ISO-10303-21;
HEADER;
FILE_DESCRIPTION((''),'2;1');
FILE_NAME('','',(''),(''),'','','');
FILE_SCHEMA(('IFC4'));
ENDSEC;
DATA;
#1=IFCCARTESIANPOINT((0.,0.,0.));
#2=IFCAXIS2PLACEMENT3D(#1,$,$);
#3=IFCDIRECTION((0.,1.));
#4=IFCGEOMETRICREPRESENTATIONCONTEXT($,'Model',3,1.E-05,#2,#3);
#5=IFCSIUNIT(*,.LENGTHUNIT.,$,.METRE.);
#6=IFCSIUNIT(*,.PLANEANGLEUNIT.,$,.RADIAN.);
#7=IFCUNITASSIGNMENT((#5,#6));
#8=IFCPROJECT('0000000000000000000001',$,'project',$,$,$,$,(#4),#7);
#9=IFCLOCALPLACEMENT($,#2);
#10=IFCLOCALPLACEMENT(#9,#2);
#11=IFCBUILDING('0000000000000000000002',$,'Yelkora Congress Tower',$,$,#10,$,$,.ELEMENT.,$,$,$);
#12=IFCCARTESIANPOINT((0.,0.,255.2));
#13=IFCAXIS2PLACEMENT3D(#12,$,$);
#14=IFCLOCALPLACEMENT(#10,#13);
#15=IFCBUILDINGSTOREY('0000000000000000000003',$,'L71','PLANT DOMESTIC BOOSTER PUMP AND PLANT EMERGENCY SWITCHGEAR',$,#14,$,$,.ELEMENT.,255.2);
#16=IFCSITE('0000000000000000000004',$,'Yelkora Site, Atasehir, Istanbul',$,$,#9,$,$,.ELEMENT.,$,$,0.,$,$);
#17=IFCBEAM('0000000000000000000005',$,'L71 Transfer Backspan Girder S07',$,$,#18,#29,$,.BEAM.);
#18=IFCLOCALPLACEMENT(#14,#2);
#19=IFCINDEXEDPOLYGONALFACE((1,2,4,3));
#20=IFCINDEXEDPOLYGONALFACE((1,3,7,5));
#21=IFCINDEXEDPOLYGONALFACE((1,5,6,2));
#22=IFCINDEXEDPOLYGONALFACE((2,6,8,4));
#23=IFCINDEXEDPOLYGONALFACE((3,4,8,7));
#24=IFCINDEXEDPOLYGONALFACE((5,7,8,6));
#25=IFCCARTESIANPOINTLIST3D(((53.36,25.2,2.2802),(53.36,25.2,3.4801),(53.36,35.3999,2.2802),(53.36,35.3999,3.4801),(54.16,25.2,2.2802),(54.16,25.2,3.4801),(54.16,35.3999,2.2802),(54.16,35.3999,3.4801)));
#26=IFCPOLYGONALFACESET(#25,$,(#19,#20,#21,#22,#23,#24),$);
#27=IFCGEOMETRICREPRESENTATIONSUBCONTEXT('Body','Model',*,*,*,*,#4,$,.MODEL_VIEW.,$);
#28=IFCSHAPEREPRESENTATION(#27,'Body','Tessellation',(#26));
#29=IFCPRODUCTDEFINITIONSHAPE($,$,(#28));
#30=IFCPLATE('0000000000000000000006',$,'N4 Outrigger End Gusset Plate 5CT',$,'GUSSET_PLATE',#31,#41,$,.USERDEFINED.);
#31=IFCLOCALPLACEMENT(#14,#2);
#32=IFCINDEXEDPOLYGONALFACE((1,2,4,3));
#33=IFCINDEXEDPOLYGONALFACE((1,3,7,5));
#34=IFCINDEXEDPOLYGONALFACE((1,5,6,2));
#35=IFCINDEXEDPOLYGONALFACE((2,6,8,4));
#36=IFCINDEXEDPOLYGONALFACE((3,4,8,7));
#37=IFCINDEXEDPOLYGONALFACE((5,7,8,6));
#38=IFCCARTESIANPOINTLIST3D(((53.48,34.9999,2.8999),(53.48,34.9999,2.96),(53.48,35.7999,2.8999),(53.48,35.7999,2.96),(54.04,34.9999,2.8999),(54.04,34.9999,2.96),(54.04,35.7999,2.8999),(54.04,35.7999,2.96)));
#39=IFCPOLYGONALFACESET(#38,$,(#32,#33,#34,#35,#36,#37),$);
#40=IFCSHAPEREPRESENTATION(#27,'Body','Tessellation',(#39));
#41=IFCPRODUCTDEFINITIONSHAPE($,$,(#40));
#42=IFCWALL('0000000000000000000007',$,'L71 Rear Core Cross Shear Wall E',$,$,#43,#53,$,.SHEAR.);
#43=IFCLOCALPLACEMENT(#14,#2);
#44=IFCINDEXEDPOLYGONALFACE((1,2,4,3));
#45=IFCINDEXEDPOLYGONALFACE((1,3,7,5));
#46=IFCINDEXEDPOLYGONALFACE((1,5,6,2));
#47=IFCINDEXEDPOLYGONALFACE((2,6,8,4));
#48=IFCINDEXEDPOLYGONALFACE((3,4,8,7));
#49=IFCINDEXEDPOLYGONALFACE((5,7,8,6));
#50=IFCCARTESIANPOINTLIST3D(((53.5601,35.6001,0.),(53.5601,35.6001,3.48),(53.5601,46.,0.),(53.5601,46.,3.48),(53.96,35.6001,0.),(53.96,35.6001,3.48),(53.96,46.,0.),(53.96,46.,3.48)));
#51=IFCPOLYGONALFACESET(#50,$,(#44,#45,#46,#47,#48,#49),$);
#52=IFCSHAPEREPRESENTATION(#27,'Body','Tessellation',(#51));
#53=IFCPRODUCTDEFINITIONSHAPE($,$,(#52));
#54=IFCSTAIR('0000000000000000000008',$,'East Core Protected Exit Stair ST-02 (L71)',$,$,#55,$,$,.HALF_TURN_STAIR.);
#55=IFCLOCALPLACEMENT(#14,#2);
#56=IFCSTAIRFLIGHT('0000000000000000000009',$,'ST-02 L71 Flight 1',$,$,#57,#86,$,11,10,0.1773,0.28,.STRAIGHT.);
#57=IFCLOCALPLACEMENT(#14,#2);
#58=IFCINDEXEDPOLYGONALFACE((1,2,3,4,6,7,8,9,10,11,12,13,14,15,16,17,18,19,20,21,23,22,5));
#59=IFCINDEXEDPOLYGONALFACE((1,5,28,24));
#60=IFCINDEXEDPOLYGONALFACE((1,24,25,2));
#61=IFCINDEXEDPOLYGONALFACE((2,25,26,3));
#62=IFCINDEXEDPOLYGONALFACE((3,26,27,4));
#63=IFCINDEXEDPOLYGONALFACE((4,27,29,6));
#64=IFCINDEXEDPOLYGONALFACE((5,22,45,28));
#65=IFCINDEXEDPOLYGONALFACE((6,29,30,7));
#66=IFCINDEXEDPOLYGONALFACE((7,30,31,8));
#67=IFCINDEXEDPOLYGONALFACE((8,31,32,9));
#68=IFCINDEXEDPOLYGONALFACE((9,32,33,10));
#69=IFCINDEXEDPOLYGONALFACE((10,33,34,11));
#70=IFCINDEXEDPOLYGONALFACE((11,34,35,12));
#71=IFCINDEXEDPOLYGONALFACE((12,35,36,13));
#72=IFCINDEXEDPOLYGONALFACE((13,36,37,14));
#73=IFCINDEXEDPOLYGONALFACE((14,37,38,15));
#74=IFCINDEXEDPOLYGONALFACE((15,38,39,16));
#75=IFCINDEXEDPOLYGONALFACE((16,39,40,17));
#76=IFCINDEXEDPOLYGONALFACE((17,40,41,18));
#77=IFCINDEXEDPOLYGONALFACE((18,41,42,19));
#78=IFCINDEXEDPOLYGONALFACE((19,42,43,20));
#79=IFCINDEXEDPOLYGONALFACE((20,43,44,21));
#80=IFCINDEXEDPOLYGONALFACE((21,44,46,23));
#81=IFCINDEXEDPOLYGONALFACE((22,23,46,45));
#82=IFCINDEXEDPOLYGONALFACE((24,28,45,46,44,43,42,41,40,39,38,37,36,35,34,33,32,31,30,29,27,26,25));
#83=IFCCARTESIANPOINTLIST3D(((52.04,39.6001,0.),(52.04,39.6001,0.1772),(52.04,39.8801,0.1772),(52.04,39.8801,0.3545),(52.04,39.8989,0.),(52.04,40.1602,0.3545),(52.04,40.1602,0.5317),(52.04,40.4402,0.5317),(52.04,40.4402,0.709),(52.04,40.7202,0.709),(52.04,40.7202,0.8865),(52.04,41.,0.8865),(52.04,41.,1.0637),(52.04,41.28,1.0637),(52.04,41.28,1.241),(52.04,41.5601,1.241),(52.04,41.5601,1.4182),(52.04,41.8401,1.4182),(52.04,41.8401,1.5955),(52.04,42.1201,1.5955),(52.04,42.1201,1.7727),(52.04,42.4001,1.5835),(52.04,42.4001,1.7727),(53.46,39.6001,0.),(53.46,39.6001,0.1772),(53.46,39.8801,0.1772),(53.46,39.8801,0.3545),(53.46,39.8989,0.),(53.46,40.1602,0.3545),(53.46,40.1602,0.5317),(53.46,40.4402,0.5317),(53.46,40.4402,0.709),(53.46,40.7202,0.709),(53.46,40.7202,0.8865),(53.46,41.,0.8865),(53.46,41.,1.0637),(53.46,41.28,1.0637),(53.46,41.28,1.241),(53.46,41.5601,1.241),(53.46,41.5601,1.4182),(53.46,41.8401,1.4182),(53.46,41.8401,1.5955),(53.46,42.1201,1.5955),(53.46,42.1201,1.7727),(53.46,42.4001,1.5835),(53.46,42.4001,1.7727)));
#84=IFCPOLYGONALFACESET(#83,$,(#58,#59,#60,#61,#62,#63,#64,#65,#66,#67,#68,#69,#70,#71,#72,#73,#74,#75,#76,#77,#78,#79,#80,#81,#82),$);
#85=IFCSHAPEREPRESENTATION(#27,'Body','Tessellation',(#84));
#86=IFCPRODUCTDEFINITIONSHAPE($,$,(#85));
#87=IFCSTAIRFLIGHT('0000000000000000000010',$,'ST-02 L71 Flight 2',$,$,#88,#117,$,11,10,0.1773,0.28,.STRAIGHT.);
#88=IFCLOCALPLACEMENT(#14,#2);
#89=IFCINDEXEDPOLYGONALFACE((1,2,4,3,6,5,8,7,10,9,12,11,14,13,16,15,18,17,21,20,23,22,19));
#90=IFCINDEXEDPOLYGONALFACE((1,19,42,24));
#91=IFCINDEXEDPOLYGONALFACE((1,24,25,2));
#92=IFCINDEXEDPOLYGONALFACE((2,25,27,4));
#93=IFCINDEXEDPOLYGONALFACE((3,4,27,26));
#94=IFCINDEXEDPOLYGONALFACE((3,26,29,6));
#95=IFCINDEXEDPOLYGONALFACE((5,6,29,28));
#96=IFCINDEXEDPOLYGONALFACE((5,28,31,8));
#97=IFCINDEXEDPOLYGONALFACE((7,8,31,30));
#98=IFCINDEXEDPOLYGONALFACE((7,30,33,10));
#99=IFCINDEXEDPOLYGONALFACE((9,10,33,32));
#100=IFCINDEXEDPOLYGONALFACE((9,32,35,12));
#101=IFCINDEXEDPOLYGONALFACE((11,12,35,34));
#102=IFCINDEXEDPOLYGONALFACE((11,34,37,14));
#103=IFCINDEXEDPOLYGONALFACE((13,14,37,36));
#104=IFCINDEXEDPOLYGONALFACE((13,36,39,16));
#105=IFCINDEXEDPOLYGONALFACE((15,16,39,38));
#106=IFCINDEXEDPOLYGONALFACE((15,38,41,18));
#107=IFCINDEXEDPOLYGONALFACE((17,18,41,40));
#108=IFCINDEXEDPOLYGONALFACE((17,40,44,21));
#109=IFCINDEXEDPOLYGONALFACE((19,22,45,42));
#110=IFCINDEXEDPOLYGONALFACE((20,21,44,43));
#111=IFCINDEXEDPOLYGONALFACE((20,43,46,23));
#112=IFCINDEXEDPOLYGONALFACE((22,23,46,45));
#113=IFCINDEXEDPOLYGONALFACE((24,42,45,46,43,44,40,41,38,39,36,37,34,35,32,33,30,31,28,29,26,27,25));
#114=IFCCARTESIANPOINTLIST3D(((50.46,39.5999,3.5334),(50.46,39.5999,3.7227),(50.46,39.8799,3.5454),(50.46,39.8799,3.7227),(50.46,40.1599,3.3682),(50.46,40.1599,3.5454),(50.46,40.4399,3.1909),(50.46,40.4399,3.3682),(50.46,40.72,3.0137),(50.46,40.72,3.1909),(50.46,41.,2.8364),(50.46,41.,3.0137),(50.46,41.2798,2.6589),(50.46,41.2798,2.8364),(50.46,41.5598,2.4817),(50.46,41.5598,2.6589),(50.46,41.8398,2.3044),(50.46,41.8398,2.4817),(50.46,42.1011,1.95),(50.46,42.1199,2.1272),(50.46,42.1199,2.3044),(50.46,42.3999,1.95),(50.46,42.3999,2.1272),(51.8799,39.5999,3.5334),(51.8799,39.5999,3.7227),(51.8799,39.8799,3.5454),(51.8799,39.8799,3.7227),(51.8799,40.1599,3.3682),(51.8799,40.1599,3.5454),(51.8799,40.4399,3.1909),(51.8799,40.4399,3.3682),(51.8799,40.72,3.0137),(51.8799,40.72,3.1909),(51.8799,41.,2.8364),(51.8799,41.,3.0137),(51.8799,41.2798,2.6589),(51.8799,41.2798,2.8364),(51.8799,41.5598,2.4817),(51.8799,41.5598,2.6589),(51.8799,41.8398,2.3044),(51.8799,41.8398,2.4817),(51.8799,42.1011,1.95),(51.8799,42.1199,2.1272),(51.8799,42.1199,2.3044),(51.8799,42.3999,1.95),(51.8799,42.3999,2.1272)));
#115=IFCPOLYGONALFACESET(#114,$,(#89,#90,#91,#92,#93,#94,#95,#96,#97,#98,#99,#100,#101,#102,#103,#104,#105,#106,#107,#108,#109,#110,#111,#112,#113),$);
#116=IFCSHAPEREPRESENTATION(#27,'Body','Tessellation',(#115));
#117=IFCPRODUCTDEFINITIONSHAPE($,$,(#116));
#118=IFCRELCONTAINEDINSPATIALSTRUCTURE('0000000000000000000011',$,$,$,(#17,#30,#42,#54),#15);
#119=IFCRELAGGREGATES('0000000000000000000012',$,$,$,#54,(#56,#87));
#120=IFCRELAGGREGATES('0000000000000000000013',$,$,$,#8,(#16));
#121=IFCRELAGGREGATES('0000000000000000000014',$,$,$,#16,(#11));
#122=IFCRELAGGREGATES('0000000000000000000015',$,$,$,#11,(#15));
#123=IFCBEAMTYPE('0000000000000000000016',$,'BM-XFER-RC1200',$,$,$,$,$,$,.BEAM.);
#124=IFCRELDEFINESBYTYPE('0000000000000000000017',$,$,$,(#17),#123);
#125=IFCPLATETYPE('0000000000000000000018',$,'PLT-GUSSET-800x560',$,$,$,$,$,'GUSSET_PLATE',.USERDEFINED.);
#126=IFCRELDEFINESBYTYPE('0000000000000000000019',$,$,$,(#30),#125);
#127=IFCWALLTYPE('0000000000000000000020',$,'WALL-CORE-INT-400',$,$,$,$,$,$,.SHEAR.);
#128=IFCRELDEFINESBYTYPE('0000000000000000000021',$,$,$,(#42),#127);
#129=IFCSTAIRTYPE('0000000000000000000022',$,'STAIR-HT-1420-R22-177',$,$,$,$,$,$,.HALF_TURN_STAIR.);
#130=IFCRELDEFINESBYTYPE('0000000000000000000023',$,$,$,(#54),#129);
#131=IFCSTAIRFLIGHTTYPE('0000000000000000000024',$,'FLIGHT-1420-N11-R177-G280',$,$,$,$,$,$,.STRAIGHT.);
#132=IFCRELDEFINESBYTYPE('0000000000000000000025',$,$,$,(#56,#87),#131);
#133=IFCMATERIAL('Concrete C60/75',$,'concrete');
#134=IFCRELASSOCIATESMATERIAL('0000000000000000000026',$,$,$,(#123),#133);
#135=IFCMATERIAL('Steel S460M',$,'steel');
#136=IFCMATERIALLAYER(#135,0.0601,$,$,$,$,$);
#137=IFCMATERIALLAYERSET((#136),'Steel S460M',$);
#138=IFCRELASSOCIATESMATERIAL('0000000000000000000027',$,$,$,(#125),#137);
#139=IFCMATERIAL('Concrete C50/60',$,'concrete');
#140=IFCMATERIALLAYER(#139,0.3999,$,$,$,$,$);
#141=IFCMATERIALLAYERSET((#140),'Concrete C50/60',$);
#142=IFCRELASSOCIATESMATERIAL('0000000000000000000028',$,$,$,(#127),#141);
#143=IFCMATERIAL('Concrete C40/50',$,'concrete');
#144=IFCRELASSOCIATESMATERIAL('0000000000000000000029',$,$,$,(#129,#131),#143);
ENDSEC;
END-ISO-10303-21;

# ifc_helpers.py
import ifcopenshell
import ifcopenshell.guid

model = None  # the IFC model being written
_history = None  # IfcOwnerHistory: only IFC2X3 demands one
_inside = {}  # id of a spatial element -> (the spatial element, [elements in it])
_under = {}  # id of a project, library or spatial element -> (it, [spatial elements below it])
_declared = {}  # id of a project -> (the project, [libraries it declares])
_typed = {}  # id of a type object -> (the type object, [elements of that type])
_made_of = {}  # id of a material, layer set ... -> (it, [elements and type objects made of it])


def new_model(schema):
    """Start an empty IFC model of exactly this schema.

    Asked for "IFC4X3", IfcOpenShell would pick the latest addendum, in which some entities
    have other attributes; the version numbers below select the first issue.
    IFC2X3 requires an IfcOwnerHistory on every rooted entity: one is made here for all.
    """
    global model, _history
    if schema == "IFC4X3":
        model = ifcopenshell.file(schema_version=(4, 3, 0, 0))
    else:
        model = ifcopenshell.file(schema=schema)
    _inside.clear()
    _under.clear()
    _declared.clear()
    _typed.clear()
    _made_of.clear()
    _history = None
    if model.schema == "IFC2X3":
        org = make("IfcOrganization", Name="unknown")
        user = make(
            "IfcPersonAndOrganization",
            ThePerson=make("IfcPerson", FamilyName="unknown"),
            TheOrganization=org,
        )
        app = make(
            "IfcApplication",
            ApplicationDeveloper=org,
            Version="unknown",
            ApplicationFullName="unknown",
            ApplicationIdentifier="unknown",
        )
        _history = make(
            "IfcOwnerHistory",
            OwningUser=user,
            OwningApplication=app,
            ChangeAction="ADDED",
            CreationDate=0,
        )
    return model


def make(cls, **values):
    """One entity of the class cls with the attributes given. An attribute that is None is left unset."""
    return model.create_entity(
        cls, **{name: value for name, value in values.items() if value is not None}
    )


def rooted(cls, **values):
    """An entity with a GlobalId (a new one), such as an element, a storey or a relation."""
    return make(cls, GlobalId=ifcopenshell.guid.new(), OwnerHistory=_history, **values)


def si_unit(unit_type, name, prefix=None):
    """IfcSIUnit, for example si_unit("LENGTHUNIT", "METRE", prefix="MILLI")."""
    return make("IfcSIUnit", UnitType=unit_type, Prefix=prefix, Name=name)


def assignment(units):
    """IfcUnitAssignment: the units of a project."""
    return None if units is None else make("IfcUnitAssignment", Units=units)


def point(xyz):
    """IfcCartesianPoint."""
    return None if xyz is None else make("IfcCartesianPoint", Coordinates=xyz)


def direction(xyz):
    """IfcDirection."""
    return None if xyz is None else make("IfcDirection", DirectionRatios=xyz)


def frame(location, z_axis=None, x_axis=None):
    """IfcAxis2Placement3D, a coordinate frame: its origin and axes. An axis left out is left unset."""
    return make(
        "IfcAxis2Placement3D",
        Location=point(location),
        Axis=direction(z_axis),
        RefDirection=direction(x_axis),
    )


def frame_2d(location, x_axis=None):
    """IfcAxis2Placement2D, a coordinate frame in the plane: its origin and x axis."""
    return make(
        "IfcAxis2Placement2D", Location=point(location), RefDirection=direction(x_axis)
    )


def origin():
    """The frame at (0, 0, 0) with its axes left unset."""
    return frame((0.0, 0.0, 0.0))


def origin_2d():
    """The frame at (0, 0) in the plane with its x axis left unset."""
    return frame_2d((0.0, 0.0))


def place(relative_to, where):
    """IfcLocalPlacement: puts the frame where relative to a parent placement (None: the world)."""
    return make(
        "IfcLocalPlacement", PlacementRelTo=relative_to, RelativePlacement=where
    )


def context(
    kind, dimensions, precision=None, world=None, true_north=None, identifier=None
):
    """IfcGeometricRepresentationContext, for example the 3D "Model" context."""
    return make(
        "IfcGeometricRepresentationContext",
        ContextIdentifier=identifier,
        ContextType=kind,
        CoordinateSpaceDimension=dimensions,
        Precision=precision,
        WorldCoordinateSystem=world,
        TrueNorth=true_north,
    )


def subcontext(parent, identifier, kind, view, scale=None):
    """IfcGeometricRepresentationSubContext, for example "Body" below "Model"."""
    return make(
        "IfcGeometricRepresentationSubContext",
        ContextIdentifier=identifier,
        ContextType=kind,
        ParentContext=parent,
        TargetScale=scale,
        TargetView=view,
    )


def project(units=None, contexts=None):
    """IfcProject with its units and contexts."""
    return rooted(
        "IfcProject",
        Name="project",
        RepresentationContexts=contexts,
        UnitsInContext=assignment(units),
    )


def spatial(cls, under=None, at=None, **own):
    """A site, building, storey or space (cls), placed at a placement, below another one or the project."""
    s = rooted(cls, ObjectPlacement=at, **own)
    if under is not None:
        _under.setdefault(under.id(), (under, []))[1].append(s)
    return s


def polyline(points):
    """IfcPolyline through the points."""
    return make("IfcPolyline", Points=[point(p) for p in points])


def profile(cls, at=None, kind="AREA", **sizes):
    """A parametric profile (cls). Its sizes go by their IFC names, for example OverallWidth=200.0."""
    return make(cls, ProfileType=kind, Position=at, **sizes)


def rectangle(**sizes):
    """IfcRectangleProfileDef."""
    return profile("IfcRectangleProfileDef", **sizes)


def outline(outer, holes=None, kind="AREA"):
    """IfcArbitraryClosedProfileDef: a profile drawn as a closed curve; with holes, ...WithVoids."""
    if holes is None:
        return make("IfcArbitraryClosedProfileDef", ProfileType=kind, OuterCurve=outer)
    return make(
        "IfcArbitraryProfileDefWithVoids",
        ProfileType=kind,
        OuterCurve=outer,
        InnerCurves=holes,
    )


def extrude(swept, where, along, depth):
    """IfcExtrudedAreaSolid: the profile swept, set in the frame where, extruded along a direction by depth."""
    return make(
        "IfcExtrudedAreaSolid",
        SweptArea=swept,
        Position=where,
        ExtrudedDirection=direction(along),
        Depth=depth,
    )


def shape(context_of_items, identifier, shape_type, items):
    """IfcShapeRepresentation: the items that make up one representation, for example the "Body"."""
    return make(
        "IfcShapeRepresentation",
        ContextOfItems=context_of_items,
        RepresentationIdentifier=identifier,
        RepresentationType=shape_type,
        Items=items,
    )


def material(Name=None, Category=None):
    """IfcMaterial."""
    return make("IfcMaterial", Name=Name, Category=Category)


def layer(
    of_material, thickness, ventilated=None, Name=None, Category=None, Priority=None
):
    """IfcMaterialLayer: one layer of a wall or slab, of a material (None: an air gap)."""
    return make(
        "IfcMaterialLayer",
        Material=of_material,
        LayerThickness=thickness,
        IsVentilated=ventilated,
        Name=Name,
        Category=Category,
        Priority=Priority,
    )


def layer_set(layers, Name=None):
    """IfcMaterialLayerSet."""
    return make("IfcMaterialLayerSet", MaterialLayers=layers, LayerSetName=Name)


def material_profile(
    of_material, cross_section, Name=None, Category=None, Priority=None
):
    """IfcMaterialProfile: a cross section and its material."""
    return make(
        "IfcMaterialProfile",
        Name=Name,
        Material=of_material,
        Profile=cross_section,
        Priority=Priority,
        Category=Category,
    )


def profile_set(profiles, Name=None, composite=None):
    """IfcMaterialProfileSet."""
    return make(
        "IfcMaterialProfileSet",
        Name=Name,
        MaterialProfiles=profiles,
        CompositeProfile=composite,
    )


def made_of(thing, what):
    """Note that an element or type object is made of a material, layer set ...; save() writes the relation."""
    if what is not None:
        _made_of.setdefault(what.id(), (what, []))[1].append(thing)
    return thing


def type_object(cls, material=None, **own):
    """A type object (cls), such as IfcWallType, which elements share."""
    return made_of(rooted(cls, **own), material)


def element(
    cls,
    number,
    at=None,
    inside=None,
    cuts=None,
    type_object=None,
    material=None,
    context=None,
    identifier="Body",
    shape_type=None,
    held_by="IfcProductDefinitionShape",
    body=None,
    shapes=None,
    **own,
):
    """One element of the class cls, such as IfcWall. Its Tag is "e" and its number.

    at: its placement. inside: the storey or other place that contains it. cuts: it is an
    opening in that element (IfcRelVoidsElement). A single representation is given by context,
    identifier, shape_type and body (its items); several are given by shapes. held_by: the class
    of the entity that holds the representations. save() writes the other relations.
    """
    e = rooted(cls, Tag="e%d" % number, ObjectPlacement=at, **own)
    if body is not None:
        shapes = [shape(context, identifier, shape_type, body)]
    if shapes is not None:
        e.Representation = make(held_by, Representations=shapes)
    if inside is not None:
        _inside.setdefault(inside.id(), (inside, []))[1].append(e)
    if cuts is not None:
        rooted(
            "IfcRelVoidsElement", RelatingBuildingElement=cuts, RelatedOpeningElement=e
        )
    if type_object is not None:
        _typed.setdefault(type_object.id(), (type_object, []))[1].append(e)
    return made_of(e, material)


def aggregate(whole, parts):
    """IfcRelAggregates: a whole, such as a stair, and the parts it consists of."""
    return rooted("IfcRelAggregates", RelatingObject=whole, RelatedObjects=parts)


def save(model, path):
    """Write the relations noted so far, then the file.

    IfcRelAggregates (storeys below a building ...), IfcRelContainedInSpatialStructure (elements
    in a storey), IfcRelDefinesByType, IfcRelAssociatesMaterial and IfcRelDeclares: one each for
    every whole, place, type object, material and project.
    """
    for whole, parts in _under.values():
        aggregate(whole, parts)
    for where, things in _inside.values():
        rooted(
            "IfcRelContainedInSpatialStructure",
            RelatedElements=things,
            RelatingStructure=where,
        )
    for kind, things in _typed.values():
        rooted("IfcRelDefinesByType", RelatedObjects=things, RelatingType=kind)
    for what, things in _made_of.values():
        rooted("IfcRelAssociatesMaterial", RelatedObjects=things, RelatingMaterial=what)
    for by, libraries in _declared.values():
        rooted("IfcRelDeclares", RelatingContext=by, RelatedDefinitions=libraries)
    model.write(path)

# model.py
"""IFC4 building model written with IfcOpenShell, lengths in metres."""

from ifc_helpers import new_model, si_unit, direction, frame, frame_2d, origin, origin_2d, place, context, subcontext, project, spatial, polyline, rectangle, outline, extrude, material, layer, layer_set, material_profile, profile_set, type_object, element, aggregate, save


model = new_model("IFC4")

# Units and contexts
model_context = context("Model", 3, precision=1e-05, world=origin(), true_north=direction((0.0, 1.0)))
body_context = subcontext(model_context, "Body", "Model", "MODEL_VIEW")
ifc_project = project(units=[si_unit("LENGTHUNIT", "METRE"), si_unit("PLANEANGLEUNIT", "RADIAN")], contexts=[model_context])

# Site, building, storey
site_placement = place(None, origin())
site = spatial("IfcSite", under=ifc_project, at=site_placement, Name="Yelkora Site, Atasehir, Istanbul", CompositionType="ELEMENT", RefElevation=0.0)
building_placement = place(site_placement, origin())
building = spatial("IfcBuilding", under=site, at=building_placement, Name="Yelkora Congress Tower", CompositionType="ELEMENT")
storey_placement = place(building_placement, frame((0.0, 0.0, 255.2)))
storey = spatial("IfcBuildingStorey", under=building, at=storey_placement, Name="L71", Description="PLANT DOMESTIC BOOSTER PUMP AND PLANT EMERGENCY SWITCHGEAR", CompositionType="ELEMENT", Elevation=255.2)

# Shared definitions
ifc_material_1 = material(Name="Steel S460M", Category="steel")

# Beam
ifc_material_2 = material(Name="Concrete C60/75", Category="concrete")
ifc_material_profile_1 = material_profile(ifc_material_2, rectangle(XDim=0.8, YDim=1.2, at=origin_2d()), Name="RC 800x1200")
ifc_profile_set_1 = profile_set([ifc_material_profile_1], Name="Concrete C60/75")
beam_type_1 = type_object("IfcBeamType", Name="BM-XFER-RC1200", PredefinedType="BEAM", material=ifc_profile_set_1)
beam_1_placement = place(storey_placement, frame((53.76, 35.3999, 2.8801), z_axis=(0.0, -1.0, 0.0), x_axis=(1.0, 0.0, 0.0)))
element("IfcBeam", 1, at=beam_1_placement, inside=storey, type_object=beam_type_1, Name="L71 Transfer Backspan Girder S07", PredefinedType="BEAM", context=body_context, shape_type="SweptSolid", body=[
    extrude(rectangle(XDim=0.8, YDim=1.2, at=origin_2d()), origin(), (0.0, 0.0, 1.0), 10.2),
])

# Plate
ifc_layer_1 = layer(ifc_material_1, 0.0601)
ifc_layer_set_1 = layer_set([ifc_layer_1], Name="Steel S460M")
plate_type = type_object("IfcPlateType", Name="PLT-GUSSET-800x560", ElementType="GUSSET_PLATE", PredefinedType="USERDEFINED", material=ifc_layer_set_1)
plate_placement = place(storey_placement, frame((53.76, 35.3999, 2.8999), z_axis=(0.0, 0.0, 1.0), x_axis=(0.0, 1.0, 0.0)))
element("IfcPlate", 2, at=plate_placement, inside=storey, type_object=plate_type, Name="N4 Outrigger End Gusset Plate 5CT", ObjectType="GUSSET_PLATE", PredefinedType="USERDEFINED", context=body_context, shape_type="SweptSolid", body=[
    extrude(rectangle(XDim=0.8, YDim=0.5601, at=origin_2d()), origin(), (0.0, 0.0, 1.0), 0.0601),
])

# Wall
ifc_material_3 = material(Name="Concrete C50/60", Category="concrete")
ifc_layer_2 = layer(ifc_material_3, 0.3999)
ifc_layer_set_2 = layer_set([ifc_layer_2], Name="Concrete C50/60")
wall_type_1 = type_object("IfcWallType", Name="WALL-CORE-INT-400", PredefinedType="SHEAR", material=ifc_layer_set_2)
wall_1_placement = place(storey_placement, frame((53.76, 35.6001, 0.0), z_axis=(0.0, 0.0, 1.0), x_axis=(0.0, 1.0, 0.0)))
element("IfcWall", 3, at=wall_1_placement, inside=storey, type_object=wall_type_1, Name="L71 Rear Core Cross Shear Wall E", PredefinedType="SHEAR", context=body_context, shape_type="SweptSolid", body=[
    extrude(rectangle(XDim=10.3999, YDim=0.3999, at=frame_2d((5.2, 0.0))), origin(), (0.0, 0.0, 1.0), 3.48),
])

# Stair, stair flights
ifc_material_4 = material(Name="Concrete C40/50", Category="concrete")
stair_type = type_object("IfcStairType", Name="STAIR-HT-1420-R22-177", PredefinedType="HALF_TURN_STAIR", material=ifc_material_4)
stair_placement = place(storey_placement, origin())
stair = element("IfcStair", 4, at=stair_placement, inside=storey, type_object=stair_type, Name="East Core Protected Exit Stair ST-02 (L71)", PredefinedType="HALF_TURN_STAIR")
stair_flight_type = type_object("IfcStairFlightType", Name="FLIGHT-1420-N11-R177-G280", PredefinedType="STRAIGHT", material=ifc_material_4)
stair_flight_1_placement = place(storey_placement, frame((52.75, 39.6001, 0.0), z_axis=(0.0, 0.0, 1.0), x_axis=(0.0, 1.0, 0.0)))
stair_flight_1 = element("IfcStairFlight", 5, at=stair_flight_1_placement, type_object=stair_flight_type, Name="ST-02 L71 Flight 1", NumberOfRisers=11, NumberOfTreads=10, PredefinedType="STRAIGHT", RiserHeight=0.1773, TreadLength=0.28, context=body_context, shape_type="SweptSolid", body=[
    extrude(outline(polyline([(0.0, 0.0), (0.0, 0.1772), (0.28, 0.1772), (0.28, 0.3545), (0.5601, 0.3545), (0.5601, 0.5317), (0.8401, 0.5317), (0.8401, 0.709), (1.1201, 0.709), (1.1201, 0.8865), (1.3999, 0.8865), (1.3999, 1.0637), (1.6799, 1.0637), (1.6799, 1.241), (1.96, 1.241), (1.96, 1.4182), (2.24, 1.4182), (2.24, 1.5955), (2.52, 1.5955), (2.52, 1.7727), (2.8, 1.7727), (2.8, 1.95), (2.8, 1.5835), (0.2988, 0.0), (0.0, 0.0)])), frame((0.0, 0.71, 0.0), z_axis=(0.0, -1.0, 0.0), x_axis=(1.0, 0.0, 0.0)), (0.0, 0.0, 1.0), 1.4199),
])
stair_flight_2_placement = place(storey_placement, frame((51.1699, 42.3999, 1.95), z_axis=(0.0, 0.0, 1.0), x_axis=(0.0, -1.0, 0.0)))
stair_flight_2 = element("IfcStairFlight", 6, at=stair_flight_2_placement, type_object=stair_flight_type, Name="ST-02 L71 Flight 2", NumberOfRisers=11, NumberOfTreads=10, PredefinedType="STRAIGHT", RiserHeight=0.1773, TreadLength=0.28, context=body_context, shape_type="SweptSolid", body=[
    extrude(outline(polyline([(0.0, 0.0), (0.0, 0.1772), (0.28, 0.1772), (0.28, 0.3545), (0.5601, 0.3545), (0.5601, 0.5317), (0.8401, 0.5317), (0.8401, 0.709), (1.1201, 0.709), (1.1201, 0.8865), (1.3999, 0.8865), (1.3999, 1.0637), (1.6799, 1.0637), (1.6799, 1.241), (1.96, 1.241), (1.96, 1.4182), (2.24, 1.4182), (2.24, 1.5955), (2.52, 1.5955), (2.52, 1.7727), (2.8, 1.7727), (2.8, 1.95), (2.8, 1.5835), (0.2988, 0.0), (0.0, 0.0)])), frame((0.0, 0.71, 0.0), z_axis=(0.0, -1.0, 0.0), x_axis=(1.0, 0.0, 0.0)), (0.0, 0.0, 1.0), 1.4199),
])
aggregate(stair, [stair_flight_1, stair_flight_2])

save(model, "model.ifc")
